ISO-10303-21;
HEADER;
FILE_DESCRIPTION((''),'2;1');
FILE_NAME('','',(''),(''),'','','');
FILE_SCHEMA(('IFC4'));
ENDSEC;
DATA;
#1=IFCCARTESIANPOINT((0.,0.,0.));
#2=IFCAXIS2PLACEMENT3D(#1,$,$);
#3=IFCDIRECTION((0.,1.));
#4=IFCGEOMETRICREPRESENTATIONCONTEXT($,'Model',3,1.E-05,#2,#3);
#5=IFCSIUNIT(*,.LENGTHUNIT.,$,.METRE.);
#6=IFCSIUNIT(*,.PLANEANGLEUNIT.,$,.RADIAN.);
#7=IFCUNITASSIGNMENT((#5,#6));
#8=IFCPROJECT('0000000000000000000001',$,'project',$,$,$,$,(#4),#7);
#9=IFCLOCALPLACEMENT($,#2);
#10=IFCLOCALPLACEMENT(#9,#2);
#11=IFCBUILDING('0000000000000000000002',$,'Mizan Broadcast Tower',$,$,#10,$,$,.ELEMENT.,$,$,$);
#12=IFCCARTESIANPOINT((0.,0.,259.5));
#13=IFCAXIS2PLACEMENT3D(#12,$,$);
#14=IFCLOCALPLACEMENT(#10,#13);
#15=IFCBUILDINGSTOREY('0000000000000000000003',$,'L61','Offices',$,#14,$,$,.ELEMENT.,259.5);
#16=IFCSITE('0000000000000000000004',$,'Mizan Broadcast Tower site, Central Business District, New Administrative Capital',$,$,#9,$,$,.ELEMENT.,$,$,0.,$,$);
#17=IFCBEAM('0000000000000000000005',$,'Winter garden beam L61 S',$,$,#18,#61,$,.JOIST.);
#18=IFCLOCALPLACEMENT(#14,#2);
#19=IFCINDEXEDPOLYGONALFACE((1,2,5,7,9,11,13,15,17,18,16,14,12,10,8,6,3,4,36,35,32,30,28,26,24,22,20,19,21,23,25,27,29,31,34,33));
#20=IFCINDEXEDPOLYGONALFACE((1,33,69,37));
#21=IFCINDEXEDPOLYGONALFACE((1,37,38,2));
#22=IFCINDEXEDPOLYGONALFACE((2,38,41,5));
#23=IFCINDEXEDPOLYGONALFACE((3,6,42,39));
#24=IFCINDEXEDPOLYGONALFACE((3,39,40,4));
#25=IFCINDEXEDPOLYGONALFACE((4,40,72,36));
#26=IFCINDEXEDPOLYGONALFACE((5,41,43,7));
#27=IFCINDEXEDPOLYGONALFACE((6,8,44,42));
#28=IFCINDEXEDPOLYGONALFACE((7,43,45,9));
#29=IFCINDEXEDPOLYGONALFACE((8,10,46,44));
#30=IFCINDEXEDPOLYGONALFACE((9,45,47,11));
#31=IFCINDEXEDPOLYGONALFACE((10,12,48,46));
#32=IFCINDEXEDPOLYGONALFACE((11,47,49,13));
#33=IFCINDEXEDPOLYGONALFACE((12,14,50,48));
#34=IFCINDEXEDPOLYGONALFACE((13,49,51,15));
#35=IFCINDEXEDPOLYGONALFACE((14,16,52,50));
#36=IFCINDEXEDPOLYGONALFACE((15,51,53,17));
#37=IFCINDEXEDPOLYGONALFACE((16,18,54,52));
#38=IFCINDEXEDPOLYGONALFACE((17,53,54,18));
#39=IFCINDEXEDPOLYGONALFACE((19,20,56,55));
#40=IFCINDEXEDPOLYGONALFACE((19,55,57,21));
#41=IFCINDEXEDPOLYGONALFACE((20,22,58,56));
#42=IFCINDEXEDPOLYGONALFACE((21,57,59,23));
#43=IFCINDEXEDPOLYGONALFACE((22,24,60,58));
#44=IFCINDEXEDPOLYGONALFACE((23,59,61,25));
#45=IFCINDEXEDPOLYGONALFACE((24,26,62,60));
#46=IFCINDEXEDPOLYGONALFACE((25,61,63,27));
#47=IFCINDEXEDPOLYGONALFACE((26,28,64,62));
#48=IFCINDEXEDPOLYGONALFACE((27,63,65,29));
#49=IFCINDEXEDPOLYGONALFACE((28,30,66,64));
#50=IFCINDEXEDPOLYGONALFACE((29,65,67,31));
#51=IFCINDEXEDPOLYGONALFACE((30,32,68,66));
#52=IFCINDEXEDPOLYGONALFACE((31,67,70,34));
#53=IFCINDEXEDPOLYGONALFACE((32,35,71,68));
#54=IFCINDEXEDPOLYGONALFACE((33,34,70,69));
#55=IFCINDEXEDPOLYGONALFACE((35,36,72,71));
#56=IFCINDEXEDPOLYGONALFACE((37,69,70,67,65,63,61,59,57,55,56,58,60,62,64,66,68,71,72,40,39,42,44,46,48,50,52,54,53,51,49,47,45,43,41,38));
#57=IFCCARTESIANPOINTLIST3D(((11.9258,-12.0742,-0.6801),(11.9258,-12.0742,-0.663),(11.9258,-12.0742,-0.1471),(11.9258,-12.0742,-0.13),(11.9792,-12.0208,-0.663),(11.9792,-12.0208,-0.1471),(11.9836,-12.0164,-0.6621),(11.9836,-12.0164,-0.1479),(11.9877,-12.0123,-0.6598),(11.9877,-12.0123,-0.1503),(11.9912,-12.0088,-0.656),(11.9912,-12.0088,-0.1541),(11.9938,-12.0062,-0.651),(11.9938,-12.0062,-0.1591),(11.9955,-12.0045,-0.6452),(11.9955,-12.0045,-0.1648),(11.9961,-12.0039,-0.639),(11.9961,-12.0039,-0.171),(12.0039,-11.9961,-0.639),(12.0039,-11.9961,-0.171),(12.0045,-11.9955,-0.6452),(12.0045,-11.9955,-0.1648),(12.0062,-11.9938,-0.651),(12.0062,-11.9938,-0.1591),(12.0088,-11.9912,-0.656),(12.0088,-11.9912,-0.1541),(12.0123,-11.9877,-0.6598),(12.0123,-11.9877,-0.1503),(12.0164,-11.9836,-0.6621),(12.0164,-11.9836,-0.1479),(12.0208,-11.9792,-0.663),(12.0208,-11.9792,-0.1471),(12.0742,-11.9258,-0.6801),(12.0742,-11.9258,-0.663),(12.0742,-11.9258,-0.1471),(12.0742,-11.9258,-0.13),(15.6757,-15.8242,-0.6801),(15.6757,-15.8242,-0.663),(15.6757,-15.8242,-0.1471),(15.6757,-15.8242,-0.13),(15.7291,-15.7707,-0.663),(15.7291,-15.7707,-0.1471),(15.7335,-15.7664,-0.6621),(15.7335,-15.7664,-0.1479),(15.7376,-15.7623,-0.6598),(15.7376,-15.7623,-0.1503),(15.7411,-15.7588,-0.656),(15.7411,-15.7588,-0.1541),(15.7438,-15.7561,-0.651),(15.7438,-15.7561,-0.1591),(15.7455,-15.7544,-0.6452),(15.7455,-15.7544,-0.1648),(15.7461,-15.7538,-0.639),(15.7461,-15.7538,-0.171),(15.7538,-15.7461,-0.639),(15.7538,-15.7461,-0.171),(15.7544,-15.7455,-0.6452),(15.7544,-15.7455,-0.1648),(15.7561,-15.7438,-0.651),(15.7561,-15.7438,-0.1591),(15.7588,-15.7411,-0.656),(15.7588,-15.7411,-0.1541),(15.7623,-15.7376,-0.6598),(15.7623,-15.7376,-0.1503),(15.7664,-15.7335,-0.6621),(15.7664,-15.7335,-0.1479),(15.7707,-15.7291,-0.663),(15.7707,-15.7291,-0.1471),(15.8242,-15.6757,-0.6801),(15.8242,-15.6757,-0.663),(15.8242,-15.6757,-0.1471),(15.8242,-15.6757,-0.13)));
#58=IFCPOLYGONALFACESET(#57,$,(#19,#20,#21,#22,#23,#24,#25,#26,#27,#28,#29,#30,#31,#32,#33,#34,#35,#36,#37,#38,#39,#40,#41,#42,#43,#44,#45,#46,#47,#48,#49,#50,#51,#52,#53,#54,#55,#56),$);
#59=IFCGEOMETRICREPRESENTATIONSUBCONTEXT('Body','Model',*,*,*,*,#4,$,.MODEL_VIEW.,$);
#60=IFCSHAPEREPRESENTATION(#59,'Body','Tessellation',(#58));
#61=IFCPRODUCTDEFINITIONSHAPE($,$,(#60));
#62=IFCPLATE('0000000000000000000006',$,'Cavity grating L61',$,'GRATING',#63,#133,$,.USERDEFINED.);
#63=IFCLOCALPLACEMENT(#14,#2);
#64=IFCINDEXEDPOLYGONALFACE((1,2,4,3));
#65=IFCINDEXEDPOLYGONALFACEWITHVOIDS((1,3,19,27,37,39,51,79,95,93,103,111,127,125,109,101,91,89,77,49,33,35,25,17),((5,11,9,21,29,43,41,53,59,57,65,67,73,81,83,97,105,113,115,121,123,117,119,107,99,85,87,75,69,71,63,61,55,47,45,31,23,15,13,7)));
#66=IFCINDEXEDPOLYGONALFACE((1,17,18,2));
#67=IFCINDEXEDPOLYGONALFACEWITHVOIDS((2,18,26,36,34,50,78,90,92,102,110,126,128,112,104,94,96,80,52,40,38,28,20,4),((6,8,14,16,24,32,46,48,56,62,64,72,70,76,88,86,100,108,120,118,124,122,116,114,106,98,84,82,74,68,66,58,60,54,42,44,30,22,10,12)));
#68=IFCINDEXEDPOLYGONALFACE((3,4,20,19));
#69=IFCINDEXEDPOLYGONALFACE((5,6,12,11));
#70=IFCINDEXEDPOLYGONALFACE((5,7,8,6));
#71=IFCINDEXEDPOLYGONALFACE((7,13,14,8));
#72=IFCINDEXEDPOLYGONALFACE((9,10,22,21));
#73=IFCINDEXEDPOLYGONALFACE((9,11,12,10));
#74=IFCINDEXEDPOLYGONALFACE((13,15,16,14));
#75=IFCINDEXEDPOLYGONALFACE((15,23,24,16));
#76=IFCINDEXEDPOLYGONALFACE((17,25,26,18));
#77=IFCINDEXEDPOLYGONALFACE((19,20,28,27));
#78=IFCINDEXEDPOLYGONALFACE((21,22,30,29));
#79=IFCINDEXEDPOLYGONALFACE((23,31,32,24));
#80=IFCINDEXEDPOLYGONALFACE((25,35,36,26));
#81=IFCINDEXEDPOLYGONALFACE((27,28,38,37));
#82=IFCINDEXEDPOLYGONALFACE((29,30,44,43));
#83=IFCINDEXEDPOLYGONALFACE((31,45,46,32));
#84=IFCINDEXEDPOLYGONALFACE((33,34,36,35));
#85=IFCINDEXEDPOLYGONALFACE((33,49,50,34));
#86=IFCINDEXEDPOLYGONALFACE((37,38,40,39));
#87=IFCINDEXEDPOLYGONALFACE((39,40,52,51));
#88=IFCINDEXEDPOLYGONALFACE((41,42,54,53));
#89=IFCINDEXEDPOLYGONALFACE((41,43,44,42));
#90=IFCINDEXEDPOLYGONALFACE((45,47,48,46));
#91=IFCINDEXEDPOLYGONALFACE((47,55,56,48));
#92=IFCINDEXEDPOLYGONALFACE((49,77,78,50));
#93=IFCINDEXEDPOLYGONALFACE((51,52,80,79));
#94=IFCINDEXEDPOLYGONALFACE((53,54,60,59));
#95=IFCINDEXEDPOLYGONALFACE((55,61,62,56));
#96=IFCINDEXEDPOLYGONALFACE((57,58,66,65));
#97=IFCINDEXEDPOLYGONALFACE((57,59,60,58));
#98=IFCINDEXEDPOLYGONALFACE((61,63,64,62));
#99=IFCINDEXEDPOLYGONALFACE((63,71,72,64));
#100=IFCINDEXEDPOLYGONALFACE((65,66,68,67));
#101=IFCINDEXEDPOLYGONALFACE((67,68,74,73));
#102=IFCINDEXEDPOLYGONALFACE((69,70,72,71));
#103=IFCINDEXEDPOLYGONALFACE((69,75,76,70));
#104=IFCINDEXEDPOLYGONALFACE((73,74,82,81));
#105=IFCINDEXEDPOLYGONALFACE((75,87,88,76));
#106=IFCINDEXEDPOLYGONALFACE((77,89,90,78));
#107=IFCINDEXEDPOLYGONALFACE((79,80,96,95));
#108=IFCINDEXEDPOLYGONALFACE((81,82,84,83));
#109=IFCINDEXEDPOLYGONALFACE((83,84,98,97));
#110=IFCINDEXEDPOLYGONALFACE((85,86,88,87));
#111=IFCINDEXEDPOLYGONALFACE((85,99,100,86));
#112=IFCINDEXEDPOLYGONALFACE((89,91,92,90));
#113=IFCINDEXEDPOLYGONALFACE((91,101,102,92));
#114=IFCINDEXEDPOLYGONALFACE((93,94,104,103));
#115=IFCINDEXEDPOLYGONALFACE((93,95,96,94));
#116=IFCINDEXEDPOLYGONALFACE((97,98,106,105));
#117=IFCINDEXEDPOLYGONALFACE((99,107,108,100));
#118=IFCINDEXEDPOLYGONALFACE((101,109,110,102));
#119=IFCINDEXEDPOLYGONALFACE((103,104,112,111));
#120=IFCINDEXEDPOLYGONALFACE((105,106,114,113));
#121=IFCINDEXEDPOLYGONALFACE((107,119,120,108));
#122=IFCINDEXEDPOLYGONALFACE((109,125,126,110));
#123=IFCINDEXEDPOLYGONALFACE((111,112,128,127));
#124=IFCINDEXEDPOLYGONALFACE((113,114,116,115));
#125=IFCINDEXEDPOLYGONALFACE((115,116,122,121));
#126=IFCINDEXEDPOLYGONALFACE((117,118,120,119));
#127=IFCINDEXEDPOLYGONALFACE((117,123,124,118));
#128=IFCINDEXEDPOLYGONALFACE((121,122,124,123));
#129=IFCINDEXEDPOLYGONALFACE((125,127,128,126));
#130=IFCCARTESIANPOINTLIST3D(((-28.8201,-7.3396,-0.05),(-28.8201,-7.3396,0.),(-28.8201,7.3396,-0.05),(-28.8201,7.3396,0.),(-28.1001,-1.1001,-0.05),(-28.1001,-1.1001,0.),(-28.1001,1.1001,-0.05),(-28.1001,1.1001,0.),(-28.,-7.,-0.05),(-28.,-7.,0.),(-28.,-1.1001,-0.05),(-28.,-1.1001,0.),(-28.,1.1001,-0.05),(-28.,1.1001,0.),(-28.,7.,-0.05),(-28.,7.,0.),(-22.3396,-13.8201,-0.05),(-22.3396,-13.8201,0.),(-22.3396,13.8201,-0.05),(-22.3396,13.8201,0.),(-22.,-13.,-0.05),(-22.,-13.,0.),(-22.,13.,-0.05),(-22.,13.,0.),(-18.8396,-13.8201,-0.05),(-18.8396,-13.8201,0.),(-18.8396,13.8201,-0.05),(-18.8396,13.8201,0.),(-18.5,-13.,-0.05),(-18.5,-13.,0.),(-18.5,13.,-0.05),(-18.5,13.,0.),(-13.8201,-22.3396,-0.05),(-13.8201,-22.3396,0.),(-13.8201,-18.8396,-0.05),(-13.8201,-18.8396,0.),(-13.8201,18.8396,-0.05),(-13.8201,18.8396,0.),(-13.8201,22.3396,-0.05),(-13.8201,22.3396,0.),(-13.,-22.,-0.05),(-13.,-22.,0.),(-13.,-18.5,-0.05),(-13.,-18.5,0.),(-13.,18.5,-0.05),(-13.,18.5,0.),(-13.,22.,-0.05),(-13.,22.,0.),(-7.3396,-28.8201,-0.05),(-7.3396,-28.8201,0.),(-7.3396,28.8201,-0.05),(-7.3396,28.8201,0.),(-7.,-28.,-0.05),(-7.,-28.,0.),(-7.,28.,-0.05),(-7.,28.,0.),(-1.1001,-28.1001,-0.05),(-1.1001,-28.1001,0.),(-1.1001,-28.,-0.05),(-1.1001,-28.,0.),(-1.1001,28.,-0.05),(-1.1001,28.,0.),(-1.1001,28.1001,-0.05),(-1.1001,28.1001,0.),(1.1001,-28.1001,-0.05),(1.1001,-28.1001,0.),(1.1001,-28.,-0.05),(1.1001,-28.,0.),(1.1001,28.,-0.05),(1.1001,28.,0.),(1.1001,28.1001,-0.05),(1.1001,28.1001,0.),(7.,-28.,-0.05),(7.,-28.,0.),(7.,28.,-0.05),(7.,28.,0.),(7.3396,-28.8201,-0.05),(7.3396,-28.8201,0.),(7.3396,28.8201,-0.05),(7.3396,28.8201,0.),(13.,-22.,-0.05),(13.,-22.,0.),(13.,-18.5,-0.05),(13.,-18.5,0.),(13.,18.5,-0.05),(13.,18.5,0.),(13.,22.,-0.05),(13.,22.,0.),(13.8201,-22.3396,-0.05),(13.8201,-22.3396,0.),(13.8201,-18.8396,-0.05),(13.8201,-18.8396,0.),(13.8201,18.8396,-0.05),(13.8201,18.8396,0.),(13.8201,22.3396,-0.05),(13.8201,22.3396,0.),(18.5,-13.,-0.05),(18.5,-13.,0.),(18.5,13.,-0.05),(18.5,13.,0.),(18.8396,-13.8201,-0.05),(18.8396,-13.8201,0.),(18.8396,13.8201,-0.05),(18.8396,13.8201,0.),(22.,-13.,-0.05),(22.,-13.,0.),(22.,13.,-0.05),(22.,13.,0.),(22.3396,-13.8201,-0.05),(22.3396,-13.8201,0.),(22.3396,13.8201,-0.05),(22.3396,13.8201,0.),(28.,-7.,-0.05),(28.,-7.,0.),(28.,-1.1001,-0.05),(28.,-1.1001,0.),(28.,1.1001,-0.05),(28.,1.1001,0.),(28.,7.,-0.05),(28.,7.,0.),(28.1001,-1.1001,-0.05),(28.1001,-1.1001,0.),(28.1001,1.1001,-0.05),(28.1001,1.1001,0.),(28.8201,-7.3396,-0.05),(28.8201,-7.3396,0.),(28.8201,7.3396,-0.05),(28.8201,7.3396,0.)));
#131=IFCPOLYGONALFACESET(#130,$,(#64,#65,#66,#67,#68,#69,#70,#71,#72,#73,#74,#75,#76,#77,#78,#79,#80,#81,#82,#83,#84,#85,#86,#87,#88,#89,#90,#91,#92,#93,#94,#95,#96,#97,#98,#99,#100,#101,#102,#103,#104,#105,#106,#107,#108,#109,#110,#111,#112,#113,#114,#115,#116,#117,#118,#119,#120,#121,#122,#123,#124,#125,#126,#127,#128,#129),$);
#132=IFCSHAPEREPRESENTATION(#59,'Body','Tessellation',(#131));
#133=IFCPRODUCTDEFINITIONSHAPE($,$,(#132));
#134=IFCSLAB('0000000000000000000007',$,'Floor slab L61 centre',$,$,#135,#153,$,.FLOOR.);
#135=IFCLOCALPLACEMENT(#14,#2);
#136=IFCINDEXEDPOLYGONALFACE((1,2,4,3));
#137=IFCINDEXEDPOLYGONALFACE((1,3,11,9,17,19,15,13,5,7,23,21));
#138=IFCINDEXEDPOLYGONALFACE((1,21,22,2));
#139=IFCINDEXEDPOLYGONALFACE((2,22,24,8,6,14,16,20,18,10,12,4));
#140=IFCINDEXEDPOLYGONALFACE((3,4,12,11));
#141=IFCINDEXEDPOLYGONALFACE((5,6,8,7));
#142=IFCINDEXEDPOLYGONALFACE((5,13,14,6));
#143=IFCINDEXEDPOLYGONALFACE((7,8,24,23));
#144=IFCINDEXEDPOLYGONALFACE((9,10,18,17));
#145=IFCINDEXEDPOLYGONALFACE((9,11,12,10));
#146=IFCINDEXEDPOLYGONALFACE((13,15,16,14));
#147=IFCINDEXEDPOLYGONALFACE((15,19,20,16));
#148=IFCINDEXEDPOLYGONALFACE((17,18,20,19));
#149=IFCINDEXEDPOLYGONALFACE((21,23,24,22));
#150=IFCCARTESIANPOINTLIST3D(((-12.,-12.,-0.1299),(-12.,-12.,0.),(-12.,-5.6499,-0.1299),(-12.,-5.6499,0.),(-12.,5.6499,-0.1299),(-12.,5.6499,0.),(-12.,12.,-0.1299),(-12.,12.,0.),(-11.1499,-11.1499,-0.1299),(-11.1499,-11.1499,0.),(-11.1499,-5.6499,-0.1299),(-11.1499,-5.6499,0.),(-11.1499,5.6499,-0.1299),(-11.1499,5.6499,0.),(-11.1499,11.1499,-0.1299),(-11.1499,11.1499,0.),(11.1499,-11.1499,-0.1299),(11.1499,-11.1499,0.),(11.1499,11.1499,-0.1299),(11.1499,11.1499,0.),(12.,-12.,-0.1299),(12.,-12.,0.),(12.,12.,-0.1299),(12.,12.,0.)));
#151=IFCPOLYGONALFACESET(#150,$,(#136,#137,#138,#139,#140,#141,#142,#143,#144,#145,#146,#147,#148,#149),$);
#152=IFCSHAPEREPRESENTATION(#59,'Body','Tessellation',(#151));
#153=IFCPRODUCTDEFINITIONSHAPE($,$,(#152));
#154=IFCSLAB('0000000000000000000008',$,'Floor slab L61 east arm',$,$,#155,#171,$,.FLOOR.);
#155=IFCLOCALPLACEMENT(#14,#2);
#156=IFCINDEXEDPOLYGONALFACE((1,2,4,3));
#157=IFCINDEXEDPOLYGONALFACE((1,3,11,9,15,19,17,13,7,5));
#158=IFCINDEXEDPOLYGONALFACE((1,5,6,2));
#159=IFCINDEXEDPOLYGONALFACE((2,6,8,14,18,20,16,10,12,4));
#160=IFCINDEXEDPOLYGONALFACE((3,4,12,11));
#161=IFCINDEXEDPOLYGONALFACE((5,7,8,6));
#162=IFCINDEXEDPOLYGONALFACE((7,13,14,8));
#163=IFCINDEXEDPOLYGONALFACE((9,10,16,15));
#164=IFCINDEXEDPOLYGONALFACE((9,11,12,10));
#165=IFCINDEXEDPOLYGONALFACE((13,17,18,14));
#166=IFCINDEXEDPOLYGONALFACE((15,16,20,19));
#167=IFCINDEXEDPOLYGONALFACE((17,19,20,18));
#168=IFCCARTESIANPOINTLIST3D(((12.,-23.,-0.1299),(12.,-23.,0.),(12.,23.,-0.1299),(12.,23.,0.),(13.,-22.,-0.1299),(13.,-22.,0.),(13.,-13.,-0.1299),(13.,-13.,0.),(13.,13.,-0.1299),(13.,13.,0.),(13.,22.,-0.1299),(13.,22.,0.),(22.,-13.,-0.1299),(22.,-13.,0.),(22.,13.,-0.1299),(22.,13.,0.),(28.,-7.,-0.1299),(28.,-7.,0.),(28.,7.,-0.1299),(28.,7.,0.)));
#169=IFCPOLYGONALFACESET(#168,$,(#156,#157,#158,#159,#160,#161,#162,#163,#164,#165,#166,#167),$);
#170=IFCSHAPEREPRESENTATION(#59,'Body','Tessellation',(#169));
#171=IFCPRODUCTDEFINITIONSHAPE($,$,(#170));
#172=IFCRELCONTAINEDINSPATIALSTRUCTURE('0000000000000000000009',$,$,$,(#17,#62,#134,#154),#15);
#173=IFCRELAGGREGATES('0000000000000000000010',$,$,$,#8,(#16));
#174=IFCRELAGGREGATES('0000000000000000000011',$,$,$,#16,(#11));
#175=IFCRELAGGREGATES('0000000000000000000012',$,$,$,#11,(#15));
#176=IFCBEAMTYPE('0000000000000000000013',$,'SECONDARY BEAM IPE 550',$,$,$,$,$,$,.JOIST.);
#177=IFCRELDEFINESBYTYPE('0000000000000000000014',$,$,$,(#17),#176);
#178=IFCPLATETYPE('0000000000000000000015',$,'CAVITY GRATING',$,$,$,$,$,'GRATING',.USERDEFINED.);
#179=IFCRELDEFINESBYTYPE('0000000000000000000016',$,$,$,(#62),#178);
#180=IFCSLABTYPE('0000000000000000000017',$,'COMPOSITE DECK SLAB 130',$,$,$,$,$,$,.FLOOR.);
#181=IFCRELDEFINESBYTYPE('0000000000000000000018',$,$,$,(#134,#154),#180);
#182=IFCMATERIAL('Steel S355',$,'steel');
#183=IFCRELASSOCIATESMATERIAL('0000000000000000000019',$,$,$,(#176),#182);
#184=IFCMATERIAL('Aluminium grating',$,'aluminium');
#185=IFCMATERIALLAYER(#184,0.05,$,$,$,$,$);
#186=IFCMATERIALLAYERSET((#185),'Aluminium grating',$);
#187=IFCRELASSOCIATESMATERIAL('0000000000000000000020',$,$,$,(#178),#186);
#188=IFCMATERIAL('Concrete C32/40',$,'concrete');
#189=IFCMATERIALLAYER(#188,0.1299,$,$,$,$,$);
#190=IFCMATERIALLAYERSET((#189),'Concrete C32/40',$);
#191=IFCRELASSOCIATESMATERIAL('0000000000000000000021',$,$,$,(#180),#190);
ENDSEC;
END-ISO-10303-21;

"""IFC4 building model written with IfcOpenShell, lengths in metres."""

from ifc_helpers import new_model, si_unit, direction, frame, origin, origin_2d, place, context, subcontext, project, spatial, polyline, i_section, outline, extrude, material, layer, layer_set, material_profile, profile_set, type_object, element, save


model = new_model("IFC4")

# Units and contexts
model_context = context("Model", 3, precision=1e-05, world=origin(), true_north=direction((0.0, 1.0)))
body_context = subcontext(model_context, "Body", "Model", "MODEL_VIEW")
ifc_project = project(units=[si_unit("LENGTHUNIT", "METRE"), si_unit("PLANEANGLEUNIT", "RADIAN")], contexts=[model_context])

# Site, building, storey
site_placement = place(None, origin())
site = spatial("IfcSite", under=ifc_project, at=site_placement, Name="Mizan Broadcast Tower site, Central Business District, New Administrative Capital", CompositionType="ELEMENT", RefElevation=0.0)
building_placement = place(site_placement, origin())
building = spatial("IfcBuilding", under=site, at=building_placement, Name="Mizan Broadcast Tower", CompositionType="ELEMENT")
storey_placement = place(building_placement, frame((0.0, 0.0, 259.5)))
storey = spatial("IfcBuildingStorey", under=building, at=storey_placement, Name="L61", Description="Offices", CompositionType="ELEMENT", Elevation=259.5)

# Beam
ifc_material_1 = material(Name="Steel S355", Category="steel")
ifc_material_profile_1 = material_profile(ifc_material_1, i_section(OverallWidth=0.21, OverallDepth=0.55, WebThickness=0.011, FlangeThickness=0.0171, FilletRadius=0.0239, at=origin_2d()), Name="IPE 550")
ifc_profile_set_1 = profile_set([ifc_material_profile_1], Name="Steel S355")
beam_type_1 = type_object("IfcBeamType", Name="SECONDARY BEAM IPE 550", PredefinedType="JOIST", material=ifc_profile_set_1)
beam_1_placement = place(storey_placement, frame((12.0, -12.0, -0.405), z_axis=(0.707107, -0.707107, 0.0), x_axis=(0.707107, 0.707107, 0.0)))
element("IfcBeam", 1, at=beam_1_placement, inside=storey, type_object=beam_type_1, Name="Winter garden beam L61 S", PredefinedType="JOIST", context=body_context, shape_type="SweptSolid", body=[
    extrude(i_section(OverallWidth=0.21, OverallDepth=0.55, WebThickness=0.011, FlangeThickness=0.0171, FilletRadius=0.0239, at=origin_2d()), origin(), (0.0, 0.0, 1.0), 5.3032),
])

# Plate
ifc_material_2 = material(Name="Aluminium grating", Category="aluminium")
ifc_layer_1 = layer(ifc_material_2, 0.05)
ifc_layer_set_1 = layer_set([ifc_layer_1], Name="Aluminium grating")
plate_type = type_object("IfcPlateType", Name="CAVITY GRATING", ElementType="GRATING", PredefinedType="USERDEFINED", material=ifc_layer_set_1)
plate_placement = place(storey_placement, frame((0.0, 0.0, -0.05)))
element("IfcPlate", 2, at=plate_placement, inside=storey, type_object=plate_type, Name="Cavity grating L61", ObjectType="GRATING", PredefinedType="USERDEFINED", context=body_context, shape_type="SweptSolid", body=[
    extrude(outline(polyline([(13.8201, -18.8396), (18.8396, -13.8201), (22.3396, -13.8201), (28.8201, -7.3396), (28.8201, 7.3396), (22.3396, 13.8201), (18.8396, 13.8201), (13.8201, 18.8396), (13.8201, 22.3396), (7.3396, 28.8201), (-7.3396, 28.8201), (-13.8201, 22.3396), (-13.8201, 18.8396), (-18.8396, 13.8201), (-22.3396, 13.8201), (-28.8201, 7.3396), (-28.8201, -7.3396), (-22.3396, -13.8201), (-18.8396, -13.8201), (-13.8201, -18.8396), (-13.8201, -22.3396), (-7.3396, -28.8201), (7.3396, -28.8201), (13.8201, -22.3396), (13.8201, -18.8396)]), holes=[polyline([(28.0, -1.1001), (28.0, -7.0), (22.0, -13.0), (18.5, -13.0), (13.0, -18.5), (13.0, -22.0), (7.0, -28.0), (1.1001, -28.0), (1.1001, -28.1001), (-1.1001, -28.1001), (-1.1001, -28.0), (-7.0, -28.0), (-13.0, -22.0), (-13.0, -18.5), (-18.5, -13.0), (-22.0, -13.0), (-28.0, -7.0), (-28.0, -1.1001), (-28.1001, -1.1001), (-28.1001, 1.1001), (-28.0, 1.1001), (-28.0, 7.0), (-22.0, 13.0), (-18.5, 13.0), (-13.0, 18.5), (-13.0, 22.0), (-7.0, 28.0), (-1.1001, 28.0), (-1.1001, 28.1001), (1.1001, 28.1001), (1.1001, 28.0), (7.0, 28.0), (13.0, 22.0), (13.0, 18.5), (18.5, 13.0), (22.0, 13.0), (28.0, 7.0), (28.0, 1.1001), (28.1001, 1.1001), (28.1001, -1.1001), (28.0, -1.1001)])]), origin(), (0.0, 0.0, 1.0), 0.05),
])

# Slabs
ifc_material_3 = material(Name="Concrete C32/40", Category="concrete")
ifc_layer_2 = layer(ifc_material_3, 0.1299)
ifc_layer_set_2 = layer_set([ifc_layer_2], Name="Concrete C32/40")
slab_type_1 = type_object("IfcSlabType", Name="COMPOSITE DECK SLAB 130", PredefinedType="FLOOR", material=ifc_layer_set_2)
slab_1_placement = place(storey_placement, frame((0.0, 0.0, -0.1299)))
element("IfcSlab", 3, at=slab_1_placement, inside=storey, type_object=slab_type_1, Name="Floor slab L61 centre", PredefinedType="FLOOR", context=body_context, shape_type="SweptSolid", body=[
    extrude(outline(polyline([(-11.1499, -5.6499), (-12.0, -5.6499), (-12.0, -12.0), (12.0, -12.0), (12.0, 12.0), (-12.0, 12.0), (-12.0, 5.6499), (-11.1499, 5.6499), (-11.1499, 11.1499), (11.1499, 11.1499), (11.1499, -11.1499), (-11.1499, -11.1499), (-11.1499, -5.6499)])), origin(), (0.0, 0.0, 1.0), 0.1299),
])
slab_2_placement = place(storey_placement, frame((0.0, 0.0, -0.1299)))
element("IfcSlab", 4, at=slab_2_placement, inside=storey, type_object=slab_type_1, Name="Floor slab L61 east arm", PredefinedType="FLOOR", context=body_context, shape_type="SweptSolid", body=[
    extrude(outline(polyline([(13.0, 22.0), (12.0, 23.0), (12.0, -23.0), (13.0, -22.0), (13.0, -13.0), (22.0, -13.0), (28.0, -7.0), (28.0, 7.0), (22.0, 13.0), (13.0, 13.0), (13.0, 22.0)])), origin(), (0.0, 0.0, 1.0), 0.1299),
])

save(model, "model.ifc")
